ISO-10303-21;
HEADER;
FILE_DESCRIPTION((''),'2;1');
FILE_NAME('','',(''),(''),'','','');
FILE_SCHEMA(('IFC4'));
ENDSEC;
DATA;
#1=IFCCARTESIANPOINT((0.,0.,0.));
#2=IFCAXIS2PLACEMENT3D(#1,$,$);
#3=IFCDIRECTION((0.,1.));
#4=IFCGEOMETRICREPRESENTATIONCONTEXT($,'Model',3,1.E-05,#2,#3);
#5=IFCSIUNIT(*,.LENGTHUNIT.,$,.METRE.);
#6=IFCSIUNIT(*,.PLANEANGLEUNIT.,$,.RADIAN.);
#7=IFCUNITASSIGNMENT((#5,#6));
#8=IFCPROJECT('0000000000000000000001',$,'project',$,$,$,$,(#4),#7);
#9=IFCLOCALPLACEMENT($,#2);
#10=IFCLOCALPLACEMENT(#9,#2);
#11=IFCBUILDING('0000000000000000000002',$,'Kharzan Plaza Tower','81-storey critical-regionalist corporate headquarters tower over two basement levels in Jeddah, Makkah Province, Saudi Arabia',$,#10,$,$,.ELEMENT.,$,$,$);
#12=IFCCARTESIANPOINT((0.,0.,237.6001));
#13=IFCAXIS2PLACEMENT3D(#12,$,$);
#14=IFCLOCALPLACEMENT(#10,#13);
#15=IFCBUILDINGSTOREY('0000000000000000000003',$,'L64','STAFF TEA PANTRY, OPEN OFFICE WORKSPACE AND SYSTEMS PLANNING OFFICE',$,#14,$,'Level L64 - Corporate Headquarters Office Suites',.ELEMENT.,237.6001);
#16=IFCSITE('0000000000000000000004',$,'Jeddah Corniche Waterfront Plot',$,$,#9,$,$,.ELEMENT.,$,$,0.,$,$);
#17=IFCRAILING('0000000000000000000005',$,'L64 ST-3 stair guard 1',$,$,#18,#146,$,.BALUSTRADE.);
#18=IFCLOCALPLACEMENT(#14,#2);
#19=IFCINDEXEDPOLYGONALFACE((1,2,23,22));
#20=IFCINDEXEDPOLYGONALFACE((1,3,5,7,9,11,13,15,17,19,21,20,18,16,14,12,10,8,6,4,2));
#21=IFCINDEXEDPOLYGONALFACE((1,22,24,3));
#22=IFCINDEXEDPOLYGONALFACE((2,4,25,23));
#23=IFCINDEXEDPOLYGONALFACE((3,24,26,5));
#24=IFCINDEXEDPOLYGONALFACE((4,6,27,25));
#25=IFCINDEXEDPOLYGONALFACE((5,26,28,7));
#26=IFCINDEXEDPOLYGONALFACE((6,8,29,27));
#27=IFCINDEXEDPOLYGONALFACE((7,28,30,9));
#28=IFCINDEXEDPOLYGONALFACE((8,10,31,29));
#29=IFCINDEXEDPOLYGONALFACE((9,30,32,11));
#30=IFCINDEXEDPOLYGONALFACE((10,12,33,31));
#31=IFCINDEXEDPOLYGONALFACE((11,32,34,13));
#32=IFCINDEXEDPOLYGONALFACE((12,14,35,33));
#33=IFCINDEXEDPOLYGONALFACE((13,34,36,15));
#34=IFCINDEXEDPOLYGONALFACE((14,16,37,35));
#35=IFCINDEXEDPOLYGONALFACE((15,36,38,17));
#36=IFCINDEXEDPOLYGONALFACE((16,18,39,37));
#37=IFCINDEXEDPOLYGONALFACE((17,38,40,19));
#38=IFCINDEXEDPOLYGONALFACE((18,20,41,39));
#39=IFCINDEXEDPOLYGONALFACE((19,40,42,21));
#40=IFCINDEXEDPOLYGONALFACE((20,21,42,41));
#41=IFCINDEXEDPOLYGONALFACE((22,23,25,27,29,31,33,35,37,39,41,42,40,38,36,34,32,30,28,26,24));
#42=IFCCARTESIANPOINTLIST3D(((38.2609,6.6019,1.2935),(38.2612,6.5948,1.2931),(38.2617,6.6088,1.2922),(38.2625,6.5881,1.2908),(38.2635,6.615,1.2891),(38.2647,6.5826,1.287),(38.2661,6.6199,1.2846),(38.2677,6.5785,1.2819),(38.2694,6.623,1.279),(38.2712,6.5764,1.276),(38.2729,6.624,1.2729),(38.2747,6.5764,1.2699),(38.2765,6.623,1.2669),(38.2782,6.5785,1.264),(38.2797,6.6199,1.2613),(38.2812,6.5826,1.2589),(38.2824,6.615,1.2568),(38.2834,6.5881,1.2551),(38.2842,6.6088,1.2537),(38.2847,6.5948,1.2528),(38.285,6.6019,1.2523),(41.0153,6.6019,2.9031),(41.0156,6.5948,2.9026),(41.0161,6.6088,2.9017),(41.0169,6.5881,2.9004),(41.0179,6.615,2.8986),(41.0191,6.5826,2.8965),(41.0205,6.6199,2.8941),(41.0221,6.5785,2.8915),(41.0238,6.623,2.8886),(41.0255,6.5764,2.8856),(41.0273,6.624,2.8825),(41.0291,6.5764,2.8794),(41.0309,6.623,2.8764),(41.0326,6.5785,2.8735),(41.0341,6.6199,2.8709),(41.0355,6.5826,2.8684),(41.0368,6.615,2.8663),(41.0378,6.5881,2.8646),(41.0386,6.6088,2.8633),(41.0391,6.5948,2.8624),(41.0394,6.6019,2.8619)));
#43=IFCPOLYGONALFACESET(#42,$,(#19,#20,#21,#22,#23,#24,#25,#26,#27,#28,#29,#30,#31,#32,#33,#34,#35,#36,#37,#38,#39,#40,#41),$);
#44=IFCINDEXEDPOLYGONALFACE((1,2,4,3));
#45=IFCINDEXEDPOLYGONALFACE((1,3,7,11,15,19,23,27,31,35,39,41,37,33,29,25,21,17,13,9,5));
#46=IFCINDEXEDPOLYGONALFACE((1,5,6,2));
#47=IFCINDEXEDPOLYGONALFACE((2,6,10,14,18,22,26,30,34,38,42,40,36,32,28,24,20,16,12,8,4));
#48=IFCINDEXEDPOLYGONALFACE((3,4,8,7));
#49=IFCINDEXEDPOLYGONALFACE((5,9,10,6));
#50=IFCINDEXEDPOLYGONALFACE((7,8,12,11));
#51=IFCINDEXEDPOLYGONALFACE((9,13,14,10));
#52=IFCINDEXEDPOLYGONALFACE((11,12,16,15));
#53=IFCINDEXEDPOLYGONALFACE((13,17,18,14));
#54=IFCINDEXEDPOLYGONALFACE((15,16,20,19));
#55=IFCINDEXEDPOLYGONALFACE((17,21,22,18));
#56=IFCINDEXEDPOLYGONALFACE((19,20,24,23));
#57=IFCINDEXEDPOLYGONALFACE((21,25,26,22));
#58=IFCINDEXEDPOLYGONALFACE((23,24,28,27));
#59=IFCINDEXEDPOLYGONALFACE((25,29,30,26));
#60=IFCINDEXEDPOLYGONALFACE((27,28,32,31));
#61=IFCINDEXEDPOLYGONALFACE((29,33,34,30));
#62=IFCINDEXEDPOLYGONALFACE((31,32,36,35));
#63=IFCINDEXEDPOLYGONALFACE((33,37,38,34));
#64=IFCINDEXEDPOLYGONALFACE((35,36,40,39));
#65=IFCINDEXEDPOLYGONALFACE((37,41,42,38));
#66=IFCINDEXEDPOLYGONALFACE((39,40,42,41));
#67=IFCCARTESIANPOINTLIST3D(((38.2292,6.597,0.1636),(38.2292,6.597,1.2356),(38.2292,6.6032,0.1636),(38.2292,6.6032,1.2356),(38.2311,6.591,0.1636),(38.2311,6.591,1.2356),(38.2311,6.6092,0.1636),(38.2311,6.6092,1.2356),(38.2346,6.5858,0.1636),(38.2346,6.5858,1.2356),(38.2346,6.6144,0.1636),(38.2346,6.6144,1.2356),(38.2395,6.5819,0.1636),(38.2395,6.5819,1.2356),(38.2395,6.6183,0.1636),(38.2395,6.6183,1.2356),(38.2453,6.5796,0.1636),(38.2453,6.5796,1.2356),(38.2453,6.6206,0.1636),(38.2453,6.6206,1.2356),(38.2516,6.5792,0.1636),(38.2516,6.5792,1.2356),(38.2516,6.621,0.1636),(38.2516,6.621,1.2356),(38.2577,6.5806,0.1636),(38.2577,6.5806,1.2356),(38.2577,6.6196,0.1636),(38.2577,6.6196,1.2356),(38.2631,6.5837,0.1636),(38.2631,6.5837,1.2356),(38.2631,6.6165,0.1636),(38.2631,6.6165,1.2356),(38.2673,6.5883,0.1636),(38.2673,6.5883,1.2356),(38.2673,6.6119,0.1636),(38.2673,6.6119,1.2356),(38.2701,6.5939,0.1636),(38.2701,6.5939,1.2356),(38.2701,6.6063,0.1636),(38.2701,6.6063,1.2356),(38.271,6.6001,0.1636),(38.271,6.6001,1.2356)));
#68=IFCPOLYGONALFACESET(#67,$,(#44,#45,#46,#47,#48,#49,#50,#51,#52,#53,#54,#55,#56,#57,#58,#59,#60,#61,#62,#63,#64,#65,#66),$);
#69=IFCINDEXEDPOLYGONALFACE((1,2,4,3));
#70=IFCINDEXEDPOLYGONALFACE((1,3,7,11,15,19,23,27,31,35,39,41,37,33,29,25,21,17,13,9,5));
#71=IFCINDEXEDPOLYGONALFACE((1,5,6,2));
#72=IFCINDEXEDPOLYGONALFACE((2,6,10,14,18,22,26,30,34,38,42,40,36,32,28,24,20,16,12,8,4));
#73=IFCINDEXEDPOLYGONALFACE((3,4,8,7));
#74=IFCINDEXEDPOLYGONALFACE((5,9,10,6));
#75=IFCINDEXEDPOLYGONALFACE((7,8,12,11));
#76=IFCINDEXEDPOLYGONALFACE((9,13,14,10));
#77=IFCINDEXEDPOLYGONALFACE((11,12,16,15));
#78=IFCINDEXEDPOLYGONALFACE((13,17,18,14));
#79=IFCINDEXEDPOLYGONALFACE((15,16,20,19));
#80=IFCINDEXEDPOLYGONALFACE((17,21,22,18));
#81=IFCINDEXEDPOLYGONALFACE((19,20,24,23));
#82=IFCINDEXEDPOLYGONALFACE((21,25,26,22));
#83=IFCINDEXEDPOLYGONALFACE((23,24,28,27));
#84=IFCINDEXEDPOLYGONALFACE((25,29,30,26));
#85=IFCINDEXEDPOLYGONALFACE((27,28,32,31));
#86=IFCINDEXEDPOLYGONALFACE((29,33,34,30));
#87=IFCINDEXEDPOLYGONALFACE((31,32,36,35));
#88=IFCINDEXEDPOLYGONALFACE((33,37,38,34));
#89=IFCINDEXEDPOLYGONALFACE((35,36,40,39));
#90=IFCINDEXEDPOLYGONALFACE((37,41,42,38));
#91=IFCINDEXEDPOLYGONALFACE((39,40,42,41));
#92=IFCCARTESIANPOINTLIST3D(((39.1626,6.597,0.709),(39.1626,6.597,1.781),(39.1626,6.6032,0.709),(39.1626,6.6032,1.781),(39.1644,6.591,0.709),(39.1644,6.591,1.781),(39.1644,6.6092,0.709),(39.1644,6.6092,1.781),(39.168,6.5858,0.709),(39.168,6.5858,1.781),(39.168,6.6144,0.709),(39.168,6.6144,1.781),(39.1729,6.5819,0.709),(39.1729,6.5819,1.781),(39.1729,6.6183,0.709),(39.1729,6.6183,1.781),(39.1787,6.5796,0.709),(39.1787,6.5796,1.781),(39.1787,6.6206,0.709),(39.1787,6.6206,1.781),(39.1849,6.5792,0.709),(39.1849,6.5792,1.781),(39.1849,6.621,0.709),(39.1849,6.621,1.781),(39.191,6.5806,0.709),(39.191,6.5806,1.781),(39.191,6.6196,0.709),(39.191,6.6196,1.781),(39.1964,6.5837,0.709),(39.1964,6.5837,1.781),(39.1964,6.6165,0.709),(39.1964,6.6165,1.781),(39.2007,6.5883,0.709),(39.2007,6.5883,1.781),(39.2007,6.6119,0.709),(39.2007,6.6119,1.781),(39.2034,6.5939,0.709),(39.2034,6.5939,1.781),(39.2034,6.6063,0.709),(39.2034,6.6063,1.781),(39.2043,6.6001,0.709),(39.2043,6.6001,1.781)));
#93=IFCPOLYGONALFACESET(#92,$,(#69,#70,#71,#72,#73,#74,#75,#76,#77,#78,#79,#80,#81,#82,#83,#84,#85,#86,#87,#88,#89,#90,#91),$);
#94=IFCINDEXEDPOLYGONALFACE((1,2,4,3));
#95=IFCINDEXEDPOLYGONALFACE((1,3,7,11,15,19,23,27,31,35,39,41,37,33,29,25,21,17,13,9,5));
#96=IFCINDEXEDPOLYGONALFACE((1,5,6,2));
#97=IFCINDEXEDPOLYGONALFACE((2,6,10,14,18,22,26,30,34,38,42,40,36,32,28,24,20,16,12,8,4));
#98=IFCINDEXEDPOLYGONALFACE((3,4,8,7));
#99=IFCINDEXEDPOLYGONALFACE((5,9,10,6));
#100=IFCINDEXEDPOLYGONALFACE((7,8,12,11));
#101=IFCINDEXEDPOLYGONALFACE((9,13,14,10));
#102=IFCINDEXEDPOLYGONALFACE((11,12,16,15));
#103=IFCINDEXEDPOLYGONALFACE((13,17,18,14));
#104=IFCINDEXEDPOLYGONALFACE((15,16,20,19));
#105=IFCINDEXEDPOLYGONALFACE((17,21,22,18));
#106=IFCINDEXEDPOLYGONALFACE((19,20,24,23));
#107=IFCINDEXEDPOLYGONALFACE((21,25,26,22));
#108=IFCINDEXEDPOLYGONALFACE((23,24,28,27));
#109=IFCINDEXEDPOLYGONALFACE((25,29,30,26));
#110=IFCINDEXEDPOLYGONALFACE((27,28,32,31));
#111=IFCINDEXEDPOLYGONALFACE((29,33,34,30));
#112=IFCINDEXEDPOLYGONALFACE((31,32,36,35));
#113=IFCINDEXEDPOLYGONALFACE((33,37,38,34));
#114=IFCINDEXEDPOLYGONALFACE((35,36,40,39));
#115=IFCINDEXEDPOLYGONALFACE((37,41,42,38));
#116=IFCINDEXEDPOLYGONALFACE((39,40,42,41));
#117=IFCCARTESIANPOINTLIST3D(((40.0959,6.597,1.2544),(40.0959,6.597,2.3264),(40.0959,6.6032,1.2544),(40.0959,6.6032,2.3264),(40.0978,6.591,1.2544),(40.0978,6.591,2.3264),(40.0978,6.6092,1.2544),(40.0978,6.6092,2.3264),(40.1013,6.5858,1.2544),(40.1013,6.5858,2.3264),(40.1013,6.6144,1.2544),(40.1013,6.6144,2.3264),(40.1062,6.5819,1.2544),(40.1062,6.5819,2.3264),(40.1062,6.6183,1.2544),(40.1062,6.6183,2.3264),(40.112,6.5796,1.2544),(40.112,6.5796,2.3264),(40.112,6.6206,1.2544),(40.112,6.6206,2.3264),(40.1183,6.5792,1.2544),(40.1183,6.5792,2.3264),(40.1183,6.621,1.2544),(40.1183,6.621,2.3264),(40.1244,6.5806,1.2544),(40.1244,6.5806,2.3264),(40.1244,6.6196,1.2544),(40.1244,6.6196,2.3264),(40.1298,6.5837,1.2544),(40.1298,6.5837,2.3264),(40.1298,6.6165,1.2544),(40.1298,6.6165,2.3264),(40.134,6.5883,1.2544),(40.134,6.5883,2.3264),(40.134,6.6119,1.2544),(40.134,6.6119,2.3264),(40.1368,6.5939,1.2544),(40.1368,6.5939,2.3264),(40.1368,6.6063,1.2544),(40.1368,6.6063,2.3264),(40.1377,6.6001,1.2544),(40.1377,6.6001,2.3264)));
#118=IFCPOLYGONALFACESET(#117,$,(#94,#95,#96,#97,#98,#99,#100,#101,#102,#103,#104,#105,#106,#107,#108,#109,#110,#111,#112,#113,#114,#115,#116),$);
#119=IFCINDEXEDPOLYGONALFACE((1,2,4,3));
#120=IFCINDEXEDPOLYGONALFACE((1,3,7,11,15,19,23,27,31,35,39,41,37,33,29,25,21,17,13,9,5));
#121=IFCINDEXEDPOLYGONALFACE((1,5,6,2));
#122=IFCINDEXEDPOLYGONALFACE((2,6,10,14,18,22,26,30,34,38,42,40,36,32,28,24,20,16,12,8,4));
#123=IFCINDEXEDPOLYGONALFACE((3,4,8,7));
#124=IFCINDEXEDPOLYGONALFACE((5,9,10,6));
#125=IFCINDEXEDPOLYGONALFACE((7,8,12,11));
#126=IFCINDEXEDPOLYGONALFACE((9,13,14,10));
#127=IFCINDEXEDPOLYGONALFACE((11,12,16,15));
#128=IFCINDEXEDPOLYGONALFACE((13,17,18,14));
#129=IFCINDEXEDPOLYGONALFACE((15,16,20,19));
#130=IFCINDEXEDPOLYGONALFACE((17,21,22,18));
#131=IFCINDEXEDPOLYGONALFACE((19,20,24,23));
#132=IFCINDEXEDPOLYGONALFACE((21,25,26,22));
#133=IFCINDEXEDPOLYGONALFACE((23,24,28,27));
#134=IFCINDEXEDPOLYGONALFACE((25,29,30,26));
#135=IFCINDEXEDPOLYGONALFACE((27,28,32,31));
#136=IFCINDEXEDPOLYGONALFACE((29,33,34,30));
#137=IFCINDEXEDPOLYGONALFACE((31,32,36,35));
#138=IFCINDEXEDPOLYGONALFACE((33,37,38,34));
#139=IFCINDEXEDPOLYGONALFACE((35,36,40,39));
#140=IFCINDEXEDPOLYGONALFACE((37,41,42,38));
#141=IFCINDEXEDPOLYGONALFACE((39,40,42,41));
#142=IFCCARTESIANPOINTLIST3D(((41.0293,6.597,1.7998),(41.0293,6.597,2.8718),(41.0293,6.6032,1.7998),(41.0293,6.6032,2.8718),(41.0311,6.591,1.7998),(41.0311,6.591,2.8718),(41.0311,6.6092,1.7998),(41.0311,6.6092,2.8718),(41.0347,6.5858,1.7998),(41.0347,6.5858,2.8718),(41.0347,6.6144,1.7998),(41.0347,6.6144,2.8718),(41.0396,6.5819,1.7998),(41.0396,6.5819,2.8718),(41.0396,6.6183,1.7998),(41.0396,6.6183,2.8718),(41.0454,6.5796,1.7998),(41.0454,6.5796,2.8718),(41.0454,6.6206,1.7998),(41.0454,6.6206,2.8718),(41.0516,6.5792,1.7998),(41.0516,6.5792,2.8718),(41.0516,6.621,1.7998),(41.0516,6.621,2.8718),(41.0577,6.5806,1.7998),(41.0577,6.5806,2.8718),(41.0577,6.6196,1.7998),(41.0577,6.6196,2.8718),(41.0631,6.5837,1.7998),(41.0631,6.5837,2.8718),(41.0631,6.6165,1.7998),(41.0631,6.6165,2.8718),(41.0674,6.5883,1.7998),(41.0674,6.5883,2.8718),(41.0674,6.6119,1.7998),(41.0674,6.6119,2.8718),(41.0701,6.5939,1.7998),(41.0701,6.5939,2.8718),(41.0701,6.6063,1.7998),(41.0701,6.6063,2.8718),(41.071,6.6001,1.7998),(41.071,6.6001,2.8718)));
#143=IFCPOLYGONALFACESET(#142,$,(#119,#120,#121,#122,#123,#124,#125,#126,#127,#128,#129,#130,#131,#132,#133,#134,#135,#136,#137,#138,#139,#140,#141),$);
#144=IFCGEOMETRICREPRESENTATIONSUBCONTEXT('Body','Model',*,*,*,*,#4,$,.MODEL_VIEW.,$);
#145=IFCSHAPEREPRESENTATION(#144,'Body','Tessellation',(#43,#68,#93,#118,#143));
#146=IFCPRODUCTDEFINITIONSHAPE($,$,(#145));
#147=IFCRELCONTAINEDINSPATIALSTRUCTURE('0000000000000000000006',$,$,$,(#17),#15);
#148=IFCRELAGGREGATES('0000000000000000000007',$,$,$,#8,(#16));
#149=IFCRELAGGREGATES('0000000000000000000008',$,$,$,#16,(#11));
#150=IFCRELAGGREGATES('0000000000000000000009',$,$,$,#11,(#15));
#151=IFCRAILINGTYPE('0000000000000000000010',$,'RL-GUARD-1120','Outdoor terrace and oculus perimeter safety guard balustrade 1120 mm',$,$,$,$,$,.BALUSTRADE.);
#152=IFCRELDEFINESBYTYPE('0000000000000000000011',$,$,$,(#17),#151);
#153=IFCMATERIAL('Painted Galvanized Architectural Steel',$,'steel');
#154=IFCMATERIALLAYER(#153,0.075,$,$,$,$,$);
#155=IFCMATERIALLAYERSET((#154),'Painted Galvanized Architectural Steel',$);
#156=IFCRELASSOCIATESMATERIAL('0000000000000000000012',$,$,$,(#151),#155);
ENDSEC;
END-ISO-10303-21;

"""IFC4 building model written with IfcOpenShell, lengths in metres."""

from ifc_helpers import new_model, si_unit, direction, frame, origin, origin_2d, place, context, subcontext, project, spatial, circle, extrude, source, transform, mapped, material, layer, layer_set, type_object, element, save


model = new_model("IFC4")

# Units and contexts
model_context = context("Model", 3, precision=1e-05, world=origin(), true_north=direction((0.0, 1.0)))
body_context = subcontext(model_context, "Body", "Model", "MODEL_VIEW")
ifc_project = project(units=[si_unit("LENGTHUNIT", "METRE"), si_unit("PLANEANGLEUNIT", "RADIAN")], contexts=[model_context])

# Site, building, storey
site_placement = place(None, origin())
site = spatial("IfcSite", under=ifc_project, at=site_placement, Name="Jeddah Corniche Waterfront Plot", CompositionType="ELEMENT", RefElevation=0.0)
building_placement = place(site_placement, origin())
building = spatial("IfcBuilding", under=site, at=building_placement, Name="Kharzan Plaza Tower", Description="81-storey critical-regionalist corporate headquarters tower over two basement levels in Jeddah, Makkah Province, Saudi Arabia", CompositionType="ELEMENT")
storey_placement = place(building_placement, frame((0.0, 0.0, 237.6001)))
storey = spatial("IfcBuildingStorey", under=building, at=storey_placement, Name="L64", Description="STAFF TEA PANTRY, OPEN OFFICE WORKSPACE AND SYSTEMS PLANNING OFFICE", LongName="Level L64 - Corporate Headquarters Office Suites", CompositionType="ELEMENT", Elevation=237.6001)

# Railing
ifc_material_1 = material(Name="Painted Galvanized Architectural Steel", Category="steel")
ifc_layer_1 = layer(ifc_material_1, 0.075)
ifc_layer_set_1 = layer_set([ifc_layer_1], Name="Painted Galvanized Architectural Steel")
railing_type_1 = type_object("IfcRailingType", Name="RL-GUARD-1120", Description="Outdoor terrace and oculus perimeter safety guard balustrade 1120 mm", PredefinedType="BALUSTRADE", material=ifc_layer_set_1)
shared_shape_1 = source(origin(), body_context, "Body", "SweptSolid", [
    extrude(circle(Radius=0.0239, at=origin_2d()), frame((0.0229, 0.0, 1.1094), z_axis=(0.863394, 0.0, 0.504531), x_axis=(0.0, 1.0, 0.0)), (0.0, 0.0, 1.0), 3.1902),
    extrude(circle(Radius=0.021, at=origin_2d()), origin(), (0.0, 0.0, 1.0), 1.072),
    extrude(circle(Radius=0.021, at=origin_2d()), frame((0.9333, 0.0, 0.5454)), (0.0, 0.0, 1.0), 1.072),
    extrude(circle(Radius=0.021, at=origin_2d()), frame((1.8667, 0.0, 1.0908)), (0.0, 0.0, 1.0), 1.072),
    extrude(circle(Radius=0.021, at=origin_2d()), frame((2.8, 0.0, 1.6362)), (0.0, 0.0, 1.0), 1.072),
])
railing_1_placement = place(storey_placement, frame((38.25, 6.6001, 0.1636)))
element("IfcRailing", 1, at=railing_1_placement, inside=storey, type_object=railing_type_1, Name="L64 ST-3 stair guard 1", PredefinedType="BALUSTRADE", context=body_context, shape_type="MappedRepresentation", body=[
    mapped(shared_shape_1, transform((0.0, 0.0, 0.0), x_axis=(1.0, 0.0, 0.0), y_axis=(0.0, 1.0, 0.0), z_axis=(0.0, 0.0, 1.0))),
])

save(model, "model.ifc")
